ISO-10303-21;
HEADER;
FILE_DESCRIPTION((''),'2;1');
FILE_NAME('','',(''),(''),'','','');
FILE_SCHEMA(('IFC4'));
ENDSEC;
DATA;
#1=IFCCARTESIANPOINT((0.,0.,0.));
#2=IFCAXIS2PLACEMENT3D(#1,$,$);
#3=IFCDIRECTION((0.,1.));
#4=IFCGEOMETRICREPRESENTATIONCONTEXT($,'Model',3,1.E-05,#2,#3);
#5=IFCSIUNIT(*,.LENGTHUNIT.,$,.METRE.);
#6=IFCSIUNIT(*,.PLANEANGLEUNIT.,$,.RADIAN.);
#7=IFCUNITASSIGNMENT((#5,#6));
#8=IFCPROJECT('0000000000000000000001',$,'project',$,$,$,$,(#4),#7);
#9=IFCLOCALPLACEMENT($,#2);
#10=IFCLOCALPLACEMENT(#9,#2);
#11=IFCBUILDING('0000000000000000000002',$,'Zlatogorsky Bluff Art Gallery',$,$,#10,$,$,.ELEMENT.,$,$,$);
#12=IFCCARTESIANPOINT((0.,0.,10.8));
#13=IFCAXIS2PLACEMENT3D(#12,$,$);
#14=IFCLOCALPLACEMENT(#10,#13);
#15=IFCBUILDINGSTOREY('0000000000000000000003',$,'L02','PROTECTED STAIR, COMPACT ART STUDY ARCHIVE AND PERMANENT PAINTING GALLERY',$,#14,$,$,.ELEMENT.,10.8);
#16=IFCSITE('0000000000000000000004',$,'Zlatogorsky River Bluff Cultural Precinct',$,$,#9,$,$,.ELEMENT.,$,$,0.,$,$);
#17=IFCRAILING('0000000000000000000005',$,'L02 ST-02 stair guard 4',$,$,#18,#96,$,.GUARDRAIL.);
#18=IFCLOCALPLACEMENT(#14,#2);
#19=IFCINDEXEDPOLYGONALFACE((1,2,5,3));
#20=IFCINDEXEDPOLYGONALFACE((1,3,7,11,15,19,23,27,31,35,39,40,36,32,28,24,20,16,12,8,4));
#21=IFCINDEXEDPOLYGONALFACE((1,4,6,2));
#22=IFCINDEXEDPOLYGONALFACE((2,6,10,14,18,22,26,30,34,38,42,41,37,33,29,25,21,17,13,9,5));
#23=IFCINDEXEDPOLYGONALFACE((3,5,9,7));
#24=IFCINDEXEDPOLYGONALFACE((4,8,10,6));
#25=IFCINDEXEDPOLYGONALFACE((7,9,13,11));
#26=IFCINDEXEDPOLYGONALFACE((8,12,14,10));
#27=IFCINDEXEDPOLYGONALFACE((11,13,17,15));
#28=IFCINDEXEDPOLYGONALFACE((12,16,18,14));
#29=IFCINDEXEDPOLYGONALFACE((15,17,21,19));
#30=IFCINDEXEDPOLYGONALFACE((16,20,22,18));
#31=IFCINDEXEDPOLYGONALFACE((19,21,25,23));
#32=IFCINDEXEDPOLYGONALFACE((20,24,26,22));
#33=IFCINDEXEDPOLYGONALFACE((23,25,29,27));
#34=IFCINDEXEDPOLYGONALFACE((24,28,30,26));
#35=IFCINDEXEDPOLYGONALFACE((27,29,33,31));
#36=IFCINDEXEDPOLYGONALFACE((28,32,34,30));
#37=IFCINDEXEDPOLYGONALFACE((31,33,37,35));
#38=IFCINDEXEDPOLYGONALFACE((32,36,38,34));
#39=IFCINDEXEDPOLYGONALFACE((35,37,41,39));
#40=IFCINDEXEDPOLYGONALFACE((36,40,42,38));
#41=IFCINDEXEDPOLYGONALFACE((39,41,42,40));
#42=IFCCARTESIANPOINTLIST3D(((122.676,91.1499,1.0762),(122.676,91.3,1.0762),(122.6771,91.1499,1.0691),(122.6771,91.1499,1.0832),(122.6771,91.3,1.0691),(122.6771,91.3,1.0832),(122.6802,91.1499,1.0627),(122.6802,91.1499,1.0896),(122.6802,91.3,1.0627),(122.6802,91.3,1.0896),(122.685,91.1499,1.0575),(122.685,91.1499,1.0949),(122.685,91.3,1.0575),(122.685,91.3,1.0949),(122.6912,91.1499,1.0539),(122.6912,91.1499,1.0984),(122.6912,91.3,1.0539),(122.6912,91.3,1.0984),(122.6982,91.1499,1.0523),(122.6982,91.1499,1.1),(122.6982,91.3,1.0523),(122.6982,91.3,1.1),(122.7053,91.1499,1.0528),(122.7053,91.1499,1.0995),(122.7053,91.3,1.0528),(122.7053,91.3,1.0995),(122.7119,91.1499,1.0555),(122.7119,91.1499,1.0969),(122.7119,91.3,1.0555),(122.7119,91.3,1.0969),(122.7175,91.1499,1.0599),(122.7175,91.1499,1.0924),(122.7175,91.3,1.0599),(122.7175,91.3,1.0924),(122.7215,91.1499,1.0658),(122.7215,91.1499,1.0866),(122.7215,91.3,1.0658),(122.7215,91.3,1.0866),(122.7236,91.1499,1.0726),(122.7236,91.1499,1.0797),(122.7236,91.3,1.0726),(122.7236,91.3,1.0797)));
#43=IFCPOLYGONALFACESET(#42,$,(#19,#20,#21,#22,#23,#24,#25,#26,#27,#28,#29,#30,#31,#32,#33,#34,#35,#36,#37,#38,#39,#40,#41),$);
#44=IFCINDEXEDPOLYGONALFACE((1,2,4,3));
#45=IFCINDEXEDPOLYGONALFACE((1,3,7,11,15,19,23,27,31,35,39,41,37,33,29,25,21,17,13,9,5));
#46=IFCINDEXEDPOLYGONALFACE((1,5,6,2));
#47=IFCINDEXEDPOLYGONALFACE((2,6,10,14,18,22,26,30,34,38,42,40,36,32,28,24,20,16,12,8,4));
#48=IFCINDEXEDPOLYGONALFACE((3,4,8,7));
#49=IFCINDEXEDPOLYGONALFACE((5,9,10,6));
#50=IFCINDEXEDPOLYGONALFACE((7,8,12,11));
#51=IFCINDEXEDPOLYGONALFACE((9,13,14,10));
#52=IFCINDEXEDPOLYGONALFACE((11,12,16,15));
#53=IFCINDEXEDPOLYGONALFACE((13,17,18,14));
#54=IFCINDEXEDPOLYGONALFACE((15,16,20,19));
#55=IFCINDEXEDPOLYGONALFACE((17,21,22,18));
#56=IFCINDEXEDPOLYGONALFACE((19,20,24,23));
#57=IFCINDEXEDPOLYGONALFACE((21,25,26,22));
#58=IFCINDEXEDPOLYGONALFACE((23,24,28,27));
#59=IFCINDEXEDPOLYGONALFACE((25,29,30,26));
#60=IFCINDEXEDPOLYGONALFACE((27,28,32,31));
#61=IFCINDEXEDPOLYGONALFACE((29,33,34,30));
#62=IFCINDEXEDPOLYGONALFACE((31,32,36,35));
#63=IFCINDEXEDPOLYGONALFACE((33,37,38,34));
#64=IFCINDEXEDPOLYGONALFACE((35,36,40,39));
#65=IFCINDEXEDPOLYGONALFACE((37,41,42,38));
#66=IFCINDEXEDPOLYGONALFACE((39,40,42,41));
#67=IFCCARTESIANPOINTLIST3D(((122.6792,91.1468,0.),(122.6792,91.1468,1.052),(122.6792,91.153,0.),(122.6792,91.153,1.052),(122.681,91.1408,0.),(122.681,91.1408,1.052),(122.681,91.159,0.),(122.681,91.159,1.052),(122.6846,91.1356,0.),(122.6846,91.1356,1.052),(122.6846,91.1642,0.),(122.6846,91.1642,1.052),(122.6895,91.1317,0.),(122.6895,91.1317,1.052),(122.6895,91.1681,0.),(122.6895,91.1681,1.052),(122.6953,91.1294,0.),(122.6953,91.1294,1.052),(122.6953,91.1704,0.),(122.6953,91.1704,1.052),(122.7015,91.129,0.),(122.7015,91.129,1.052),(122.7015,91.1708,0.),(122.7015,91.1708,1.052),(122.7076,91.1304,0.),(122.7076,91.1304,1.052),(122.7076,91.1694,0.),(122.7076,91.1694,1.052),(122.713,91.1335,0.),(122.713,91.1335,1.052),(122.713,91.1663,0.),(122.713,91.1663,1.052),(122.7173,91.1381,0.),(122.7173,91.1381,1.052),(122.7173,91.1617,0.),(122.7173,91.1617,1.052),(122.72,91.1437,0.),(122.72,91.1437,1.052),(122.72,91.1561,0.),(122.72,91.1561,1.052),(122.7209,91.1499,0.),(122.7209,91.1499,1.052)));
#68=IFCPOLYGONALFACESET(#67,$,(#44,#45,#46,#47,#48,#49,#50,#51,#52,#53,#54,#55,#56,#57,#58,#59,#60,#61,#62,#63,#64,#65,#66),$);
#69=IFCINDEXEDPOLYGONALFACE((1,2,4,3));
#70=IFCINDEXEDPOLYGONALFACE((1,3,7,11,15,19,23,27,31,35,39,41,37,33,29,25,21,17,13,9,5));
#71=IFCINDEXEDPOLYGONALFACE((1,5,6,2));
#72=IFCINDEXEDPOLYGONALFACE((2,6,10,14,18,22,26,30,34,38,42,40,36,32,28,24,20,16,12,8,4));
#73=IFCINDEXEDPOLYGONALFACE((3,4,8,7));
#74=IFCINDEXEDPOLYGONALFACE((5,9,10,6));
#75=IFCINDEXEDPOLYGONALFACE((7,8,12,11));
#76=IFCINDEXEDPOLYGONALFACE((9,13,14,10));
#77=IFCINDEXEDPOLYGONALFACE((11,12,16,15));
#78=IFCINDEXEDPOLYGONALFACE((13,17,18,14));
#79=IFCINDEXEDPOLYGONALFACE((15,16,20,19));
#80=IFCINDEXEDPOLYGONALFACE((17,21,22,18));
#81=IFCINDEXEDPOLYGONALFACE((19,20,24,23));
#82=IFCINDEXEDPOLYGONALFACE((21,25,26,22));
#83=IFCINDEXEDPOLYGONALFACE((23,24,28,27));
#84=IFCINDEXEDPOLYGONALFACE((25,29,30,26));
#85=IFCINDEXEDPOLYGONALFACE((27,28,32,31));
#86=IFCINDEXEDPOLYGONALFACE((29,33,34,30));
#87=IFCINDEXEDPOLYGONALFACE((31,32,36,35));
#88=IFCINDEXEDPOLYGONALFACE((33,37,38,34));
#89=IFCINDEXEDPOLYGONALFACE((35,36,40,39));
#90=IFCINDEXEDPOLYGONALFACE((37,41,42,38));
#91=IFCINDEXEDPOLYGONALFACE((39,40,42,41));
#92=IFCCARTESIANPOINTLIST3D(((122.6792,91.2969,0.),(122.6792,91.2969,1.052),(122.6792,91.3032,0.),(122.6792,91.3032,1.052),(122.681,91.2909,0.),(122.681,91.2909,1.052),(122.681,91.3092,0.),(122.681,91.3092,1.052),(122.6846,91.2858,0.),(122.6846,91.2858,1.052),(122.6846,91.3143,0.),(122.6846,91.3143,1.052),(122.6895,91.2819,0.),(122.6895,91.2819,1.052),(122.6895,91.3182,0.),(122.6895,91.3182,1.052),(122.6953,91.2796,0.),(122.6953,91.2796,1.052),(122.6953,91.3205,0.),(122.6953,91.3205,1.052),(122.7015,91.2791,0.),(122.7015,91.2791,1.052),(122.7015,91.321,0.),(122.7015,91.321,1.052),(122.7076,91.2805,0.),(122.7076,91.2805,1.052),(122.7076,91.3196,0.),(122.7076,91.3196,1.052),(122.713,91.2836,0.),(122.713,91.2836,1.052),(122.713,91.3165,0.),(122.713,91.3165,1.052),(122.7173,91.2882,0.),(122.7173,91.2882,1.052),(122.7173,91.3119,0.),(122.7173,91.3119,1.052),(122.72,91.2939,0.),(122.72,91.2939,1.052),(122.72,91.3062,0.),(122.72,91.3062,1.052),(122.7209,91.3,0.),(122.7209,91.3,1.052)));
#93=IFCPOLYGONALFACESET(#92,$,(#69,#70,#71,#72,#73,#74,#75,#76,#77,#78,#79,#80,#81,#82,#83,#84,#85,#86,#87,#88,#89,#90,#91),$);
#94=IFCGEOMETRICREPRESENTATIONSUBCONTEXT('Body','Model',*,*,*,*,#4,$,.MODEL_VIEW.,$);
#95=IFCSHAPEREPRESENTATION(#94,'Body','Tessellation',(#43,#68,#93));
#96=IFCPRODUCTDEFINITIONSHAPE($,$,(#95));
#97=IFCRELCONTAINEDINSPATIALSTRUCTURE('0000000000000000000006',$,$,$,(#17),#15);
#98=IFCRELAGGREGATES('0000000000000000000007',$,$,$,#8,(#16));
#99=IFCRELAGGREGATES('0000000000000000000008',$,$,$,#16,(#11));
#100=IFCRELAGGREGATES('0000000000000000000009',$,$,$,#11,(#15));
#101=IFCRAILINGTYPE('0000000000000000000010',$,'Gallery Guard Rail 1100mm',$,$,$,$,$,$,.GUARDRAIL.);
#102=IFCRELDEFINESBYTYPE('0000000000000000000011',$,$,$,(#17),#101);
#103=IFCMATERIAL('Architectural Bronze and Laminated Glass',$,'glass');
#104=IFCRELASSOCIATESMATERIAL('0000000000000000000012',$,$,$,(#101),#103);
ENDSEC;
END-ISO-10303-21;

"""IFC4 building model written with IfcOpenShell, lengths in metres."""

from ifc_helpers import new_model, si_unit, direction, frame, origin, origin_2d, place, context, subcontext, project, spatial, circle, extrude, material, type_object, element, save


model = new_model("IFC4")

# Units and contexts
model_context = context("Model", 3, precision=1e-05, world=origin(), true_north=direction((0.0, 1.0)))
body_context = subcontext(model_context, "Body", "Model", "MODEL_VIEW")
ifc_project = project(units=[si_unit("LENGTHUNIT", "METRE"), si_unit("PLANEANGLEUNIT", "RADIAN")], contexts=[model_context])

# Site, building, storey
site_placement = place(None, origin())
site = spatial("IfcSite", under=ifc_project, at=site_placement, Name="Zlatogorsky River Bluff Cultural Precinct", CompositionType="ELEMENT", RefElevation=0.0)
building_placement = place(site_placement, origin())
building = spatial("IfcBuilding", under=site, at=building_placement, Name="Zlatogorsky Bluff Art Gallery", CompositionType="ELEMENT")
storey_placement = place(building_placement, frame((0.0, 0.0, 10.8)))
storey = spatial("IfcBuildingStorey", under=building, at=storey_placement, Name="L02", Description="PROTECTED STAIR, COMPACT ART STUDY ARCHIVE AND PERMANENT PAINTING GALLERY", CompositionType="ELEMENT", Elevation=10.8)

# Railing
ifc_material_1 = material(Name="Architectural Bronze and Laminated Glass", Category="glass")
railing_type_1 = type_object("IfcRailingType", Name="Gallery Guard Rail 1100mm", PredefinedType="GUARDRAIL", material=ifc_material_1)
railing_1_placement = place(storey_placement, frame((122.7, 91.1499, 0.0)))
element("IfcRailing", 1, at=railing_1_placement, inside=storey, type_object=railing_type_1, Name="L02 ST-02 stair guard 4", PredefinedType="GUARDRAIL", context=body_context, shape_type="SweptSolid", body=[
    extrude(circle(Radius=0.0239, at=origin_2d()), frame((0.0, 0.0, 1.0762), z_axis=(0.0, 1.0, 0.0), x_axis=(-1.0, 0.0, 0.0)), (0.0, 0.0, 1.0), 0.1501),
    extrude(circle(Radius=0.021, at=origin_2d()), origin(), (0.0, 0.0, 1.0), 1.052),
    extrude(circle(Radius=0.021, at=origin_2d()), frame((0.0, 0.1501, 0.0)), (0.0, 0.0, 1.0), 1.052),
])

save(model, "model.ifc")
